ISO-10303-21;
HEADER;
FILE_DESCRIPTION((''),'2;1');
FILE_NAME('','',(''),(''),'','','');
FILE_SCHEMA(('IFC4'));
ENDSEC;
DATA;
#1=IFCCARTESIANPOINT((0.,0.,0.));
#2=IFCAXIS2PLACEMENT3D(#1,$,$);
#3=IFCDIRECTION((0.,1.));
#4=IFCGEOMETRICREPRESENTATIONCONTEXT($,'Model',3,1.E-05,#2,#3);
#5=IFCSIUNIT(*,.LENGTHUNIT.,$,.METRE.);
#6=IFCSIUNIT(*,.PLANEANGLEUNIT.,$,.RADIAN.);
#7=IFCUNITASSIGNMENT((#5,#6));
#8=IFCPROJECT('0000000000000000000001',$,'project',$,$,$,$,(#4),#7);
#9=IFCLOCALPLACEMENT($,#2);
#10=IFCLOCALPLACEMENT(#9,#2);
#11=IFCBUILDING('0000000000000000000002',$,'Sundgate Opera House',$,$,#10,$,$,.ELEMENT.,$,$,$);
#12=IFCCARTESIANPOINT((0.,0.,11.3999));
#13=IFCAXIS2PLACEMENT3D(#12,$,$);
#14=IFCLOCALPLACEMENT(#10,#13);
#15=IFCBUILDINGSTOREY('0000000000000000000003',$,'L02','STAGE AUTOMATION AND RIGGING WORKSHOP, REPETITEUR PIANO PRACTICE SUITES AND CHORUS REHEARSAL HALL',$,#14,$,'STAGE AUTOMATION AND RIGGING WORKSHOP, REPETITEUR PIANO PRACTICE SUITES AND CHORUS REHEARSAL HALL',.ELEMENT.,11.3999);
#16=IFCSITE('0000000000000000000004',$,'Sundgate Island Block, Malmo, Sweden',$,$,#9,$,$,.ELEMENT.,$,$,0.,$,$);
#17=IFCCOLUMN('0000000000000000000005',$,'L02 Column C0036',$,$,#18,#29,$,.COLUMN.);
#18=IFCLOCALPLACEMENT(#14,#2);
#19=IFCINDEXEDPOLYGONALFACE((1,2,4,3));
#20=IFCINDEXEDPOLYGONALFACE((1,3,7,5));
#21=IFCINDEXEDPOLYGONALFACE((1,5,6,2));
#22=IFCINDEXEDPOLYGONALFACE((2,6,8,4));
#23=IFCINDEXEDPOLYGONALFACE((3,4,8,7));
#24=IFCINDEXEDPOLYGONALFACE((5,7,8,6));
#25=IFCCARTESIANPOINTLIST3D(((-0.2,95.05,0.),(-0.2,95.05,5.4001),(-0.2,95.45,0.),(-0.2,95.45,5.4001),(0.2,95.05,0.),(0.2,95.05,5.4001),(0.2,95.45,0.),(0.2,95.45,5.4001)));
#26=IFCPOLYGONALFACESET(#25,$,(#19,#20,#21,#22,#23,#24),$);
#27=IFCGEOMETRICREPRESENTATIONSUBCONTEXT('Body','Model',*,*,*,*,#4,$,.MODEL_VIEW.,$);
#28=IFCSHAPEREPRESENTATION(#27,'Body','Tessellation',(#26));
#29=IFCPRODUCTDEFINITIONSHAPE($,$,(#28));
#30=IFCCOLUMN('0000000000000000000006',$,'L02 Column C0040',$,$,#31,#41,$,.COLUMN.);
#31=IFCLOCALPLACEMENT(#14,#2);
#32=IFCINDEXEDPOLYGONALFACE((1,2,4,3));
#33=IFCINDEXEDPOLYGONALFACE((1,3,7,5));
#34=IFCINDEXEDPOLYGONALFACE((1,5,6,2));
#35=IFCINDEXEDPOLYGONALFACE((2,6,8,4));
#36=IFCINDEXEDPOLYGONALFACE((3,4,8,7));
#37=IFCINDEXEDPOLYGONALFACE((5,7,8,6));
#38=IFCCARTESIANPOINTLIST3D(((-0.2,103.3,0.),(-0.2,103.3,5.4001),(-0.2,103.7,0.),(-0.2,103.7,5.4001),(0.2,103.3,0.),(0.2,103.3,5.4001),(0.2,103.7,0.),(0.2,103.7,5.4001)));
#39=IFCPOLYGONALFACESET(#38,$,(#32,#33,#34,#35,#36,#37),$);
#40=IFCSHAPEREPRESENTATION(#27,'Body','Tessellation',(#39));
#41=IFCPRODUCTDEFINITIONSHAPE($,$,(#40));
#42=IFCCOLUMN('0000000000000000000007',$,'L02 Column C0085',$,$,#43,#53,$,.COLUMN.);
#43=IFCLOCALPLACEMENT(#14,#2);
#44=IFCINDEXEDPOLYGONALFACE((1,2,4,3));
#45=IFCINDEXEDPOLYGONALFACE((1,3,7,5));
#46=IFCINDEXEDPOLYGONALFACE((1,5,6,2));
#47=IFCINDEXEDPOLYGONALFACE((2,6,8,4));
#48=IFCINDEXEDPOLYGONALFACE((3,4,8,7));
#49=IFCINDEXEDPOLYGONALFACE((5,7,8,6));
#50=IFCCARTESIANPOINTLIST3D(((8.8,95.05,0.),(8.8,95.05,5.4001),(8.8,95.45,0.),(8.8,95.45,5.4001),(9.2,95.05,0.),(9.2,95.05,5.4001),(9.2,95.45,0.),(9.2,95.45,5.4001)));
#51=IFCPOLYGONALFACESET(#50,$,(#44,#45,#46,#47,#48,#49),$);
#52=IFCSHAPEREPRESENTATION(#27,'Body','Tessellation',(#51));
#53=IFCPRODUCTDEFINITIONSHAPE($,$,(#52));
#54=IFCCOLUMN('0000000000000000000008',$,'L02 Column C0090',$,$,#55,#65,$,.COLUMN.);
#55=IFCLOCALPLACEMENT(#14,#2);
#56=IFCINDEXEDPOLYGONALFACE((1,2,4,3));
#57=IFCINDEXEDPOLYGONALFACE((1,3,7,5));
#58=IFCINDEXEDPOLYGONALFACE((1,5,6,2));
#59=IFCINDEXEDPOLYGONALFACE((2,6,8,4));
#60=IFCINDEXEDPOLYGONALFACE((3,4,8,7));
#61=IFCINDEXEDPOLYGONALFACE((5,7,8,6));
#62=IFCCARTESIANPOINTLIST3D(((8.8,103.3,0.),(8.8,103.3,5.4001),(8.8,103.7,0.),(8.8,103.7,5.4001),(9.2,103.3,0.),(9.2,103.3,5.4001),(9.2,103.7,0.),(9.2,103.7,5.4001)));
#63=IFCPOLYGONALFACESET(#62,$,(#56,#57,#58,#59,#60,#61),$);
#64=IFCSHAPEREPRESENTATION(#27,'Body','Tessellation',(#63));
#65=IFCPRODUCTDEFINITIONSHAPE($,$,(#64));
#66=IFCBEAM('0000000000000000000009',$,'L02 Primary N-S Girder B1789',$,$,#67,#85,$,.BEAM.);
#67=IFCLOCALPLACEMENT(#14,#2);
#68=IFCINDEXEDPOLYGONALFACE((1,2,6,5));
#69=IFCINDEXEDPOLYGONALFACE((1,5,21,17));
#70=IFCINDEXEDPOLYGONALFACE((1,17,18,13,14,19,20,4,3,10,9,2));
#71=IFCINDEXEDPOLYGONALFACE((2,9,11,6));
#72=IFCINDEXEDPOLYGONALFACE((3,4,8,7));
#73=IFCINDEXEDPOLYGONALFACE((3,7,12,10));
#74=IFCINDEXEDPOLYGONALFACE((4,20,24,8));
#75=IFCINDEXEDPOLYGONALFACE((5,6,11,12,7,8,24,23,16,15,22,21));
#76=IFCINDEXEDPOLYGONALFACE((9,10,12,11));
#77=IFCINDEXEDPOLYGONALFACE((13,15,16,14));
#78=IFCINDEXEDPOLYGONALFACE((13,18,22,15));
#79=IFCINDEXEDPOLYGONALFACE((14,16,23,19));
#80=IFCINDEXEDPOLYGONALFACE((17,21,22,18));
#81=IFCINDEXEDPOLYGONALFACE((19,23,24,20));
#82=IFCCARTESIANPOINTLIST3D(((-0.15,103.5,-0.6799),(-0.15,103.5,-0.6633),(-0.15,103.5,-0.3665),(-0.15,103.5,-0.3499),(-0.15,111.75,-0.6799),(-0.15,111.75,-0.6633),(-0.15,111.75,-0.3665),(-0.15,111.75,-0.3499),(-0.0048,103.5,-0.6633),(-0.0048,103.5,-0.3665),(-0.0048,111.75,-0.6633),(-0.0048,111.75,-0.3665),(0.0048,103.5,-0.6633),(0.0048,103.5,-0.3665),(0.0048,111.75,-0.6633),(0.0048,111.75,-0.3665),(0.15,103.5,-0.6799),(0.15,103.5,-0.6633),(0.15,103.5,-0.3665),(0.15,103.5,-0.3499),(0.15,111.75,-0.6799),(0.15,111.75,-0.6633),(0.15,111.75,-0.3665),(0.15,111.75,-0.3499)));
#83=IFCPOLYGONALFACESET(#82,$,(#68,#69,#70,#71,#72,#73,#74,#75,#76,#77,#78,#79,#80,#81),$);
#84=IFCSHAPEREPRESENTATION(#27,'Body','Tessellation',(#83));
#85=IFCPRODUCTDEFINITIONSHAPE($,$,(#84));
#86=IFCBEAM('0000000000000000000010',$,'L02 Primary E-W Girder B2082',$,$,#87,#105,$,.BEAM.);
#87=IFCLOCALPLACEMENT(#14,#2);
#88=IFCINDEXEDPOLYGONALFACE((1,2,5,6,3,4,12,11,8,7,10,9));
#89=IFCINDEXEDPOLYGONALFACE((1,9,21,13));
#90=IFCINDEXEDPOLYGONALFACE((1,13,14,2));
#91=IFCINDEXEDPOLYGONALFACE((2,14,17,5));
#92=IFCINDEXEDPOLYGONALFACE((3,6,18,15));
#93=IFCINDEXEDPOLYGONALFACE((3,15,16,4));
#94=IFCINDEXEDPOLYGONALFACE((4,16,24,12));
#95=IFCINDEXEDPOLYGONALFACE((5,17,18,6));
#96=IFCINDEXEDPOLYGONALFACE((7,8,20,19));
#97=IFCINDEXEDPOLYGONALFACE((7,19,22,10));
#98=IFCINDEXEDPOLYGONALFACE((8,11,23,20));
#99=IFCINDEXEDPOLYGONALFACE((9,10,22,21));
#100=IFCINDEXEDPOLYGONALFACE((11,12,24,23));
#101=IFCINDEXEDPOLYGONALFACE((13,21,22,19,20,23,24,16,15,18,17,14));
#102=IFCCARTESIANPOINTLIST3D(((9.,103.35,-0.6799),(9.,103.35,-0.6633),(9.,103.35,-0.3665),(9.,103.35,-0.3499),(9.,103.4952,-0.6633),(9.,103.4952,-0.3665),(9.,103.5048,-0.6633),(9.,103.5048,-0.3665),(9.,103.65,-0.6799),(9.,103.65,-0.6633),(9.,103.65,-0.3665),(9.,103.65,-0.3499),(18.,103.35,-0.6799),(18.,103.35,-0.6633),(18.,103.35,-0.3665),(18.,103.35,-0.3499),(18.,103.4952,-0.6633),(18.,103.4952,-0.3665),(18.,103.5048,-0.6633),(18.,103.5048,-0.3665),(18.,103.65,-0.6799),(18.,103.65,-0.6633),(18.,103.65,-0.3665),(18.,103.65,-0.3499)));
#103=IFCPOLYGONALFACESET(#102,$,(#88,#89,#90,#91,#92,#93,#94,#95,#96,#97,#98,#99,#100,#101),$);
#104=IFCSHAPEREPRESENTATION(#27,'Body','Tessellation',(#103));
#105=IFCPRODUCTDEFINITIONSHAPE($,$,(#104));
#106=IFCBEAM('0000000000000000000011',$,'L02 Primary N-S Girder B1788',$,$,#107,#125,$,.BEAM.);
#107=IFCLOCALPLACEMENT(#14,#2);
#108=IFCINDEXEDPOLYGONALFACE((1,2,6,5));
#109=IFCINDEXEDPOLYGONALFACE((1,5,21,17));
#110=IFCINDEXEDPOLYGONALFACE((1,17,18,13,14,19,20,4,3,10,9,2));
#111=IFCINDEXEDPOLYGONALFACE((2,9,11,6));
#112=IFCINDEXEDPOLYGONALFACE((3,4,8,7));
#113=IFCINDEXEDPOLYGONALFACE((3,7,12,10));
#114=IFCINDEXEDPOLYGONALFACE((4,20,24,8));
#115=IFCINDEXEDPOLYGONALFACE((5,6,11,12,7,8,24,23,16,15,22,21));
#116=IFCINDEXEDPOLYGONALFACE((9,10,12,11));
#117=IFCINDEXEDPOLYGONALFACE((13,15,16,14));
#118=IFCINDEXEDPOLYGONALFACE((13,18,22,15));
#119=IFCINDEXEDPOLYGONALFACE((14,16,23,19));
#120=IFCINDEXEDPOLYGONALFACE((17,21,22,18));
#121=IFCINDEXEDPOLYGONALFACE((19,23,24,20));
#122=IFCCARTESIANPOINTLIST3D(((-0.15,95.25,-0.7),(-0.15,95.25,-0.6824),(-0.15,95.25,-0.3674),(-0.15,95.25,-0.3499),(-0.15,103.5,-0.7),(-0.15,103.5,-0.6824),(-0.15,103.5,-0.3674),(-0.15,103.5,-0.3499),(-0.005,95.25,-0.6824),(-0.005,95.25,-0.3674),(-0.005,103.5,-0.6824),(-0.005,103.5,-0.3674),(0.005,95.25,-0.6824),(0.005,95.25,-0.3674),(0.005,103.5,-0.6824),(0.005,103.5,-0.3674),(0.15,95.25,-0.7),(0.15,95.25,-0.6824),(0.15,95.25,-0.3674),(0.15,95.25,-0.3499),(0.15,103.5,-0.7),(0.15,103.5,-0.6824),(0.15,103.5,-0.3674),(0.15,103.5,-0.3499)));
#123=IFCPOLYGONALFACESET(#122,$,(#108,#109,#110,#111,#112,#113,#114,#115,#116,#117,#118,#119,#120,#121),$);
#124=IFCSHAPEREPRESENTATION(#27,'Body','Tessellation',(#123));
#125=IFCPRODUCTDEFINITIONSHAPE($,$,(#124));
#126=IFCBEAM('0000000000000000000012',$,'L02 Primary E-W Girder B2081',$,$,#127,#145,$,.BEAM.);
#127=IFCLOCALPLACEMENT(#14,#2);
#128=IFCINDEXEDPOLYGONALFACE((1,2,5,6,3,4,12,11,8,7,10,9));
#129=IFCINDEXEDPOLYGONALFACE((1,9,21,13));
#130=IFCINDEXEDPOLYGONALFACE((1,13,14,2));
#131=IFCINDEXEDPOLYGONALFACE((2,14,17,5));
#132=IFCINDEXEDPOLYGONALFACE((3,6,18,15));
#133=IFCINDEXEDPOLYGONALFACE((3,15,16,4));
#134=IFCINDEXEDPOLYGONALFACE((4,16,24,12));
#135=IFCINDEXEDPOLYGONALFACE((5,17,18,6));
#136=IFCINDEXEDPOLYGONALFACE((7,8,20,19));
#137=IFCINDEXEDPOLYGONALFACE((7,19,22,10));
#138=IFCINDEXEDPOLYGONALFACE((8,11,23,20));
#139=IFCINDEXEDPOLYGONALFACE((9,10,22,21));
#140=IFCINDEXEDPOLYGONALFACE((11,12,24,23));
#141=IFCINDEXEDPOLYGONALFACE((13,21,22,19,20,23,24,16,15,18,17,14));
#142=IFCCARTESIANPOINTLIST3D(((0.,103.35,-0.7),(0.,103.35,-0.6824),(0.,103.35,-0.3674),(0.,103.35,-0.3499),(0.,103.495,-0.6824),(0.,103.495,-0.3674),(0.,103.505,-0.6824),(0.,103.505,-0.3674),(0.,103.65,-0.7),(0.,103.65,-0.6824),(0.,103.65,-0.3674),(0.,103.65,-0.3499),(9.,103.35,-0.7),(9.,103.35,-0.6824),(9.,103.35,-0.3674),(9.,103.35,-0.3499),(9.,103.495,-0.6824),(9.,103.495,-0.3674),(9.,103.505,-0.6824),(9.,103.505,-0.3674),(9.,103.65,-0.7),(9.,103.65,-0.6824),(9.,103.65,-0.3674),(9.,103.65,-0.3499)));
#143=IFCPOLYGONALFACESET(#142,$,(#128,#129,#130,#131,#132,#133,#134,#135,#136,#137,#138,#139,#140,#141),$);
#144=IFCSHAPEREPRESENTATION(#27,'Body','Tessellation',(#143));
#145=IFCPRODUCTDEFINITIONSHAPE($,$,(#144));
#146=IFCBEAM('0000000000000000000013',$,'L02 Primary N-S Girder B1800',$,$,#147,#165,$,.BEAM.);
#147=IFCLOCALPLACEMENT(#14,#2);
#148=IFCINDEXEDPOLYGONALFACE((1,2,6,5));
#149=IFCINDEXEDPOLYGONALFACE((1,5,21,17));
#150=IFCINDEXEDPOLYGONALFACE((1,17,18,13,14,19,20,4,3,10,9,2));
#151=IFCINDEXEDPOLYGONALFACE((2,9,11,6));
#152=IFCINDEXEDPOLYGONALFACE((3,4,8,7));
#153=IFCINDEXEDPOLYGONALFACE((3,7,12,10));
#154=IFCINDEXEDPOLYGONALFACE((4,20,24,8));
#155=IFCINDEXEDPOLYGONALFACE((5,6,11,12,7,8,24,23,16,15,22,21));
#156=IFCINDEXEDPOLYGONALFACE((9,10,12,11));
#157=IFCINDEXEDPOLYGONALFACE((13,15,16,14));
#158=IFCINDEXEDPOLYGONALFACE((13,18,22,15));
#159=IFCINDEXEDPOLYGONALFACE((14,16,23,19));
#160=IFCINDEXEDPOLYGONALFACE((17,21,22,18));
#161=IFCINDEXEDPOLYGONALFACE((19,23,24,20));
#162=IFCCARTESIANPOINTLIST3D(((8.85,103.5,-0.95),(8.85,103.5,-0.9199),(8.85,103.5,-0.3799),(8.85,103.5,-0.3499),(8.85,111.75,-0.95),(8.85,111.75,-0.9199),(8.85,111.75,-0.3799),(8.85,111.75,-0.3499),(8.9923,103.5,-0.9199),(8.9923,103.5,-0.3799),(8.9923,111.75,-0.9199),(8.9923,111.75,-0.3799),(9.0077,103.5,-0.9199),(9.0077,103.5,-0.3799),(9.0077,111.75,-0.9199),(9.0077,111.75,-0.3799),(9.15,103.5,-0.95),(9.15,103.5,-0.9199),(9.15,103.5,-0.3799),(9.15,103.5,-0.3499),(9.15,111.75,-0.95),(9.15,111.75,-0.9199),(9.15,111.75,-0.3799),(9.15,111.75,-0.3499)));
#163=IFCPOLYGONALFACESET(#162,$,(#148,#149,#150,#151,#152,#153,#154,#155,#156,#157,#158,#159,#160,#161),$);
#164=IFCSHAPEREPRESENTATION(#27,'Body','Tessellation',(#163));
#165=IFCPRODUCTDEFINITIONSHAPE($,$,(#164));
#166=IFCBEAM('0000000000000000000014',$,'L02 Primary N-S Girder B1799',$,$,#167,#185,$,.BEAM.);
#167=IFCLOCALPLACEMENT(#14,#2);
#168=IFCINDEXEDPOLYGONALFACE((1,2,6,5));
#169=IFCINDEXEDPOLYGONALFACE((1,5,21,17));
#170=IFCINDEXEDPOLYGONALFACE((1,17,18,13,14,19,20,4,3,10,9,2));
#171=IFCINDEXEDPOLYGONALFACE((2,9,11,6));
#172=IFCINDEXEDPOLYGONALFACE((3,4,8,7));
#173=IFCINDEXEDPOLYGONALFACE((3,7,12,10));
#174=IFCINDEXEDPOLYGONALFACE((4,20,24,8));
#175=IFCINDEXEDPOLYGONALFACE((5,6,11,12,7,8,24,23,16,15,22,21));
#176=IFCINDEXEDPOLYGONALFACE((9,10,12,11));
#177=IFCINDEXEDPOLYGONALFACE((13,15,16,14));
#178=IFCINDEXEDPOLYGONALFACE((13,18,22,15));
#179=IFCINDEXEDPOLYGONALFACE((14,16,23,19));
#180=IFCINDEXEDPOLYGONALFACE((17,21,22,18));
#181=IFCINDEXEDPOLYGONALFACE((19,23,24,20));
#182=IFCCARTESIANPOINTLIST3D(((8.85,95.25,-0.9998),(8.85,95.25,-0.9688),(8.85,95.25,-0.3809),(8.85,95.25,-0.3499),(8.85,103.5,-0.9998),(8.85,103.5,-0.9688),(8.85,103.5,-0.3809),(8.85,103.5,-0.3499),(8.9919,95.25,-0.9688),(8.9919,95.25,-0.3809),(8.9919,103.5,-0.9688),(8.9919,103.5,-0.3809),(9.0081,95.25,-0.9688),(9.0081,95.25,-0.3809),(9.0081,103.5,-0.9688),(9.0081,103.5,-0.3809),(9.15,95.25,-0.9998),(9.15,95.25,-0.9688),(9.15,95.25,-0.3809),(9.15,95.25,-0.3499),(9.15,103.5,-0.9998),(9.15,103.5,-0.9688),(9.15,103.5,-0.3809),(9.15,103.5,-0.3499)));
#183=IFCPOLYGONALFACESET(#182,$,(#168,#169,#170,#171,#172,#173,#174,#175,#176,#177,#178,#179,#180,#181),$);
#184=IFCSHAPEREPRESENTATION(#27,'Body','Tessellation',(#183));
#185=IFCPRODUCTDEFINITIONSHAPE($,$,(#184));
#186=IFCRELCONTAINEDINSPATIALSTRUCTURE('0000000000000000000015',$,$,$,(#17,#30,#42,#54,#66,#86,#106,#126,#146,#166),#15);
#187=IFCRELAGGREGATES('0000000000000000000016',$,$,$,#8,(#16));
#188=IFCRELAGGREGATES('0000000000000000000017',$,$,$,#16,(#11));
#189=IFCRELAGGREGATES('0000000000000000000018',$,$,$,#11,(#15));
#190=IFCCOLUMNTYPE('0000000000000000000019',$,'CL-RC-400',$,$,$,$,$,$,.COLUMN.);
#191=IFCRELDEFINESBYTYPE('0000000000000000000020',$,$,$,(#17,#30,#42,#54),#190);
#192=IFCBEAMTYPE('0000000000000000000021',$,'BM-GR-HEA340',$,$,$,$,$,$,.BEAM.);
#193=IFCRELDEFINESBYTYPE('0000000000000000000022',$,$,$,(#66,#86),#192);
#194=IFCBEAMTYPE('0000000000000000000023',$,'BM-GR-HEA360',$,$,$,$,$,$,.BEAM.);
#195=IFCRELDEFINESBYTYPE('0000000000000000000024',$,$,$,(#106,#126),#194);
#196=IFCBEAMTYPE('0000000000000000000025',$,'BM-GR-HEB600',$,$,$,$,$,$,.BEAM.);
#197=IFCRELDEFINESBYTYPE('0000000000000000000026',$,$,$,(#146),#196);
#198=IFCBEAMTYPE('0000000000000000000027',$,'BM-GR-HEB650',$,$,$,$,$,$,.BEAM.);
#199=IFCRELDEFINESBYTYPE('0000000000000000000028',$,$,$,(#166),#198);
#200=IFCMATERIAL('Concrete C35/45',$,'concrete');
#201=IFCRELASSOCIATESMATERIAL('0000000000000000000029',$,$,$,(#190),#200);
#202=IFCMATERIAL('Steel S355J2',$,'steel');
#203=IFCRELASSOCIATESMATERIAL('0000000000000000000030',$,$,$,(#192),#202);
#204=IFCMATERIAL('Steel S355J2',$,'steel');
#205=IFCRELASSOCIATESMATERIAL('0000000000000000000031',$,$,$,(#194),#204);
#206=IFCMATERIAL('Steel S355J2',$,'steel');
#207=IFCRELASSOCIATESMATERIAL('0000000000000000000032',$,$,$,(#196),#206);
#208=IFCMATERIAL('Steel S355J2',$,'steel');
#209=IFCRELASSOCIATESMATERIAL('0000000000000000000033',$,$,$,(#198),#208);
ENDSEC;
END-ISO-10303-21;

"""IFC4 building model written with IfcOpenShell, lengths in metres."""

from ifc_helpers import new_model, si_unit, direction, frame, origin, origin_2d, place, context, subcontext, project, spatial, rectangle, i_section, extrude, material, material_profile, profile_set, type_object, element, save


model = new_model("IFC4")

# Units and contexts
model_context = context("Model", 3, precision=1e-05, world=origin(), true_north=direction((0.0, 1.0)))
body_context = subcontext(model_context, "Body", "Model", "MODEL_VIEW")
ifc_project = project(units=[si_unit("LENGTHUNIT", "METRE"), si_unit("PLANEANGLEUNIT", "RADIAN")], contexts=[model_context])

# Site, building, storey
site_placement = place(None, origin())
site = spatial("IfcSite", under=ifc_project, at=site_placement, Name="Sundgate Island Block, Malmo, Sweden", CompositionType="ELEMENT", RefElevation=0.0)
building_placement = place(site_placement, origin())
building = spatial("IfcBuilding", under=site, at=building_placement, Name="Sundgate Opera House", CompositionType="ELEMENT")
storey_placement = place(building_placement, frame((0.0, 0.0, 11.3999)))
storey = spatial("IfcBuildingStorey", under=building, at=storey_placement, Name="L02", Description="STAGE AUTOMATION AND RIGGING WORKSHOP, REPETITEUR PIANO PRACTICE SUITES AND CHORUS REHEARSAL HALL", LongName="STAGE AUTOMATION AND RIGGING WORKSHOP, REPETITEUR PIANO PRACTICE SUITES AND CHORUS REHEARSAL HALL", CompositionType="ELEMENT", Elevation=11.3999)

# Columns
ifc_material_1 = material(Name="Concrete C35/45", Category="concrete")
ifc_material_profile_1 = material_profile(ifc_material_1, rectangle(XDim=0.3999, YDim=0.3999, at=origin_2d()), Name="RC 400x400")
ifc_profile_set_1 = profile_set([ifc_material_profile_1], Name="Concrete C35/45")
column_type = type_object("IfcColumnType", Name="CL-RC-400", PredefinedType="COLUMN", material=ifc_profile_set_1)
for number, where, z_axis, x_axis, name in (
    (1, (0.0, 95.25, 0.0), (0.0, 0.0, 1.0), (1.0, 0.0, 0.0), "L02 Column C0036"),
    (2, (0.0, 103.5, 0.0), (0.0, 0.0, 1.0), (1.0, 0.0, 0.0), "L02 Column C0040"),
    (3, (9.0, 95.25, 0.0), (0.0, 0.0, 1.0), (1.0, 0.0, 0.0), "L02 Column C0085"),
    (4, (9.0, 103.5, 0.0), (0.0, 0.0, 1.0), (1.0, 0.0, 0.0), "L02 Column C0090"),
):
    element("IfcColumn", number, at=place(storey_placement, frame(where, z_axis=z_axis, x_axis=x_axis)), inside=storey, type_object=column_type, Name=name, PredefinedType="COLUMN", context=body_context, shape_type="SweptSolid", body=[
        extrude(rectangle(XDim=0.3999, YDim=0.3999, at=origin_2d()), origin(), (0.0, 0.0, 1.0), 5.4001),
    ])

# Beams
ifc_material_2 = material(Name="Steel S355J2", Category="steel")
ifc_material_profile_2 = material_profile(ifc_material_2, i_section(OverallWidth=0.3, OverallDepth=0.3301, WebThickness=0.0095, FlangeThickness=0.0166, at=origin_2d()), Name="HEA 340")
ifc_profile_set_2 = profile_set([ifc_material_profile_2], Name="Steel S355J2")
beam_type_1 = type_object("IfcBeamType", Name="BM-GR-HEA340", PredefinedType="BEAM", material=ifc_profile_set_2)
beam_1_placement = place(storey_placement, frame((0.0, 103.5, -0.5149), z_axis=(0.0, 1.0, 0.0), x_axis=(-1.0, 0.0, 0.0)))
element("IfcBeam", 5, at=beam_1_placement, inside=storey, type_object=beam_type_1, Name="L02 Primary N-S Girder B1789", PredefinedType="BEAM", context=body_context, shape_type="SweptSolid", body=[
    extrude(i_section(OverallWidth=0.3, OverallDepth=0.3301, WebThickness=0.0095, FlangeThickness=0.0166, at=origin_2d()), origin(), (0.0, 0.0, 1.0), 8.25),
])
beam_2_placement = place(storey_placement, frame((9.0, 103.5, -0.5149), z_axis=(1.0, 0.0, 0.0), x_axis=(0.0, 1.0, 0.0)))
element("IfcBeam", 6, at=beam_2_placement, inside=storey, type_object=beam_type_1, Name="L02 Primary E-W Girder B2082", PredefinedType="BEAM", context=body_context, shape_type="SweptSolid", body=[
    extrude(i_section(OverallWidth=0.3, OverallDepth=0.3301, WebThickness=0.0095, FlangeThickness=0.0166, at=origin_2d()), origin(), (0.0, 0.0, 1.0), 9.0),
])
ifc_material_3 = material(Name="Steel S355J2", Category="steel")
ifc_material_profile_3 = material_profile(ifc_material_3, i_section(OverallWidth=0.3, OverallDepth=0.3501, WebThickness=0.01, FlangeThickness=0.0176, at=origin_2d()), Name="HEA 360")
ifc_profile_set_3 = profile_set([ifc_material_profile_3], Name="Steel S355J2")
beam_type_2 = type_object("IfcBeamType", Name="BM-GR-HEA360", PredefinedType="BEAM", material=ifc_profile_set_3)
beam_3_placement = place(storey_placement, frame((0.0, 95.25, -0.5249), z_axis=(0.0, 1.0, 0.0), x_axis=(-1.0, 0.0, 0.0)))
element("IfcBeam", 7, at=beam_3_placement, inside=storey, type_object=beam_type_2, Name="L02 Primary N-S Girder B1788", PredefinedType="BEAM", context=body_context, shape_type="SweptSolid", body=[
    extrude(i_section(OverallWidth=0.3, OverallDepth=0.3501, WebThickness=0.01, FlangeThickness=0.0176, at=origin_2d()), origin(), (0.0, 0.0, 1.0), 8.25),
])
beam_4_placement = place(storey_placement, frame((0.0, 103.5, -0.5249), z_axis=(1.0, 0.0, 0.0), x_axis=(0.0, 1.0, 0.0)))
element("IfcBeam", 8, at=beam_4_placement, inside=storey, type_object=beam_type_2, Name="L02 Primary E-W Girder B2081", PredefinedType="BEAM", context=body_context, shape_type="SweptSolid", body=[
    extrude(i_section(OverallWidth=0.3, OverallDepth=0.3501, WebThickness=0.01, FlangeThickness=0.0176, at=origin_2d()), origin(), (0.0, 0.0, 1.0), 9.0),
])
ifc_material_4 = material(Name="Steel S355J2", Category="steel")
ifc_material_profile_4 = material_profile(ifc_material_4, i_section(OverallWidth=0.3, OverallDepth=0.6001, WebThickness=0.0154, FlangeThickness=0.03, at=origin_2d()), Name="HEB 600")
ifc_profile_set_4 = profile_set([ifc_material_profile_4], Name="Steel S355J2")
beam_type_3 = type_object("IfcBeamType", Name="BM-GR-HEB600", PredefinedType="BEAM", material=ifc_profile_set_4)
beam_5_placement = place(storey_placement, frame((9.0, 103.5, -0.6499), z_axis=(0.0, 1.0, 0.0), x_axis=(-1.0, 0.0, 0.0)))
element("IfcBeam", 9, at=beam_5_placement, inside=storey, type_object=beam_type_3, Name="L02 Primary N-S Girder B1800", PredefinedType="BEAM", context=body_context, shape_type="SweptSolid", body=[
    extrude(i_section(OverallWidth=0.3, OverallDepth=0.6001, WebThickness=0.0154, FlangeThickness=0.03, at=origin_2d()), origin(), (0.0, 0.0, 1.0), 8.25),
])
ifc_material_5 = material(Name="Steel S355J2", Category="steel")
ifc_material_profile_5 = material_profile(ifc_material_5, i_section(OverallWidth=0.3, OverallDepth=0.6499, WebThickness=0.0161, FlangeThickness=0.031, at=origin_2d()), Name="HEB 650")
ifc_profile_set_5 = profile_set([ifc_material_profile_5], Name="Steel S355J2")
beam_type_4 = type_object("IfcBeamType", Name="BM-GR-HEB650", PredefinedType="BEAM", material=ifc_profile_set_5)
beam_6_placement = place(storey_placement, frame((9.0, 95.25, -0.6748), z_axis=(0.0, 1.0, 0.0), x_axis=(-1.0, 0.0, 0.0)))
element("IfcBeam", 10, at=beam_6_placement, inside=storey, type_object=beam_type_4, Name="L02 Primary N-S Girder B1799", PredefinedType="BEAM", context=body_context, shape_type="SweptSolid", body=[
    extrude(i_section(OverallWidth=0.3, OverallDepth=0.6499, WebThickness=0.0161, FlangeThickness=0.031, at=origin_2d()), origin(), (0.0, 0.0, 1.0), 8.25),
])

save(model, "model.ifc")
